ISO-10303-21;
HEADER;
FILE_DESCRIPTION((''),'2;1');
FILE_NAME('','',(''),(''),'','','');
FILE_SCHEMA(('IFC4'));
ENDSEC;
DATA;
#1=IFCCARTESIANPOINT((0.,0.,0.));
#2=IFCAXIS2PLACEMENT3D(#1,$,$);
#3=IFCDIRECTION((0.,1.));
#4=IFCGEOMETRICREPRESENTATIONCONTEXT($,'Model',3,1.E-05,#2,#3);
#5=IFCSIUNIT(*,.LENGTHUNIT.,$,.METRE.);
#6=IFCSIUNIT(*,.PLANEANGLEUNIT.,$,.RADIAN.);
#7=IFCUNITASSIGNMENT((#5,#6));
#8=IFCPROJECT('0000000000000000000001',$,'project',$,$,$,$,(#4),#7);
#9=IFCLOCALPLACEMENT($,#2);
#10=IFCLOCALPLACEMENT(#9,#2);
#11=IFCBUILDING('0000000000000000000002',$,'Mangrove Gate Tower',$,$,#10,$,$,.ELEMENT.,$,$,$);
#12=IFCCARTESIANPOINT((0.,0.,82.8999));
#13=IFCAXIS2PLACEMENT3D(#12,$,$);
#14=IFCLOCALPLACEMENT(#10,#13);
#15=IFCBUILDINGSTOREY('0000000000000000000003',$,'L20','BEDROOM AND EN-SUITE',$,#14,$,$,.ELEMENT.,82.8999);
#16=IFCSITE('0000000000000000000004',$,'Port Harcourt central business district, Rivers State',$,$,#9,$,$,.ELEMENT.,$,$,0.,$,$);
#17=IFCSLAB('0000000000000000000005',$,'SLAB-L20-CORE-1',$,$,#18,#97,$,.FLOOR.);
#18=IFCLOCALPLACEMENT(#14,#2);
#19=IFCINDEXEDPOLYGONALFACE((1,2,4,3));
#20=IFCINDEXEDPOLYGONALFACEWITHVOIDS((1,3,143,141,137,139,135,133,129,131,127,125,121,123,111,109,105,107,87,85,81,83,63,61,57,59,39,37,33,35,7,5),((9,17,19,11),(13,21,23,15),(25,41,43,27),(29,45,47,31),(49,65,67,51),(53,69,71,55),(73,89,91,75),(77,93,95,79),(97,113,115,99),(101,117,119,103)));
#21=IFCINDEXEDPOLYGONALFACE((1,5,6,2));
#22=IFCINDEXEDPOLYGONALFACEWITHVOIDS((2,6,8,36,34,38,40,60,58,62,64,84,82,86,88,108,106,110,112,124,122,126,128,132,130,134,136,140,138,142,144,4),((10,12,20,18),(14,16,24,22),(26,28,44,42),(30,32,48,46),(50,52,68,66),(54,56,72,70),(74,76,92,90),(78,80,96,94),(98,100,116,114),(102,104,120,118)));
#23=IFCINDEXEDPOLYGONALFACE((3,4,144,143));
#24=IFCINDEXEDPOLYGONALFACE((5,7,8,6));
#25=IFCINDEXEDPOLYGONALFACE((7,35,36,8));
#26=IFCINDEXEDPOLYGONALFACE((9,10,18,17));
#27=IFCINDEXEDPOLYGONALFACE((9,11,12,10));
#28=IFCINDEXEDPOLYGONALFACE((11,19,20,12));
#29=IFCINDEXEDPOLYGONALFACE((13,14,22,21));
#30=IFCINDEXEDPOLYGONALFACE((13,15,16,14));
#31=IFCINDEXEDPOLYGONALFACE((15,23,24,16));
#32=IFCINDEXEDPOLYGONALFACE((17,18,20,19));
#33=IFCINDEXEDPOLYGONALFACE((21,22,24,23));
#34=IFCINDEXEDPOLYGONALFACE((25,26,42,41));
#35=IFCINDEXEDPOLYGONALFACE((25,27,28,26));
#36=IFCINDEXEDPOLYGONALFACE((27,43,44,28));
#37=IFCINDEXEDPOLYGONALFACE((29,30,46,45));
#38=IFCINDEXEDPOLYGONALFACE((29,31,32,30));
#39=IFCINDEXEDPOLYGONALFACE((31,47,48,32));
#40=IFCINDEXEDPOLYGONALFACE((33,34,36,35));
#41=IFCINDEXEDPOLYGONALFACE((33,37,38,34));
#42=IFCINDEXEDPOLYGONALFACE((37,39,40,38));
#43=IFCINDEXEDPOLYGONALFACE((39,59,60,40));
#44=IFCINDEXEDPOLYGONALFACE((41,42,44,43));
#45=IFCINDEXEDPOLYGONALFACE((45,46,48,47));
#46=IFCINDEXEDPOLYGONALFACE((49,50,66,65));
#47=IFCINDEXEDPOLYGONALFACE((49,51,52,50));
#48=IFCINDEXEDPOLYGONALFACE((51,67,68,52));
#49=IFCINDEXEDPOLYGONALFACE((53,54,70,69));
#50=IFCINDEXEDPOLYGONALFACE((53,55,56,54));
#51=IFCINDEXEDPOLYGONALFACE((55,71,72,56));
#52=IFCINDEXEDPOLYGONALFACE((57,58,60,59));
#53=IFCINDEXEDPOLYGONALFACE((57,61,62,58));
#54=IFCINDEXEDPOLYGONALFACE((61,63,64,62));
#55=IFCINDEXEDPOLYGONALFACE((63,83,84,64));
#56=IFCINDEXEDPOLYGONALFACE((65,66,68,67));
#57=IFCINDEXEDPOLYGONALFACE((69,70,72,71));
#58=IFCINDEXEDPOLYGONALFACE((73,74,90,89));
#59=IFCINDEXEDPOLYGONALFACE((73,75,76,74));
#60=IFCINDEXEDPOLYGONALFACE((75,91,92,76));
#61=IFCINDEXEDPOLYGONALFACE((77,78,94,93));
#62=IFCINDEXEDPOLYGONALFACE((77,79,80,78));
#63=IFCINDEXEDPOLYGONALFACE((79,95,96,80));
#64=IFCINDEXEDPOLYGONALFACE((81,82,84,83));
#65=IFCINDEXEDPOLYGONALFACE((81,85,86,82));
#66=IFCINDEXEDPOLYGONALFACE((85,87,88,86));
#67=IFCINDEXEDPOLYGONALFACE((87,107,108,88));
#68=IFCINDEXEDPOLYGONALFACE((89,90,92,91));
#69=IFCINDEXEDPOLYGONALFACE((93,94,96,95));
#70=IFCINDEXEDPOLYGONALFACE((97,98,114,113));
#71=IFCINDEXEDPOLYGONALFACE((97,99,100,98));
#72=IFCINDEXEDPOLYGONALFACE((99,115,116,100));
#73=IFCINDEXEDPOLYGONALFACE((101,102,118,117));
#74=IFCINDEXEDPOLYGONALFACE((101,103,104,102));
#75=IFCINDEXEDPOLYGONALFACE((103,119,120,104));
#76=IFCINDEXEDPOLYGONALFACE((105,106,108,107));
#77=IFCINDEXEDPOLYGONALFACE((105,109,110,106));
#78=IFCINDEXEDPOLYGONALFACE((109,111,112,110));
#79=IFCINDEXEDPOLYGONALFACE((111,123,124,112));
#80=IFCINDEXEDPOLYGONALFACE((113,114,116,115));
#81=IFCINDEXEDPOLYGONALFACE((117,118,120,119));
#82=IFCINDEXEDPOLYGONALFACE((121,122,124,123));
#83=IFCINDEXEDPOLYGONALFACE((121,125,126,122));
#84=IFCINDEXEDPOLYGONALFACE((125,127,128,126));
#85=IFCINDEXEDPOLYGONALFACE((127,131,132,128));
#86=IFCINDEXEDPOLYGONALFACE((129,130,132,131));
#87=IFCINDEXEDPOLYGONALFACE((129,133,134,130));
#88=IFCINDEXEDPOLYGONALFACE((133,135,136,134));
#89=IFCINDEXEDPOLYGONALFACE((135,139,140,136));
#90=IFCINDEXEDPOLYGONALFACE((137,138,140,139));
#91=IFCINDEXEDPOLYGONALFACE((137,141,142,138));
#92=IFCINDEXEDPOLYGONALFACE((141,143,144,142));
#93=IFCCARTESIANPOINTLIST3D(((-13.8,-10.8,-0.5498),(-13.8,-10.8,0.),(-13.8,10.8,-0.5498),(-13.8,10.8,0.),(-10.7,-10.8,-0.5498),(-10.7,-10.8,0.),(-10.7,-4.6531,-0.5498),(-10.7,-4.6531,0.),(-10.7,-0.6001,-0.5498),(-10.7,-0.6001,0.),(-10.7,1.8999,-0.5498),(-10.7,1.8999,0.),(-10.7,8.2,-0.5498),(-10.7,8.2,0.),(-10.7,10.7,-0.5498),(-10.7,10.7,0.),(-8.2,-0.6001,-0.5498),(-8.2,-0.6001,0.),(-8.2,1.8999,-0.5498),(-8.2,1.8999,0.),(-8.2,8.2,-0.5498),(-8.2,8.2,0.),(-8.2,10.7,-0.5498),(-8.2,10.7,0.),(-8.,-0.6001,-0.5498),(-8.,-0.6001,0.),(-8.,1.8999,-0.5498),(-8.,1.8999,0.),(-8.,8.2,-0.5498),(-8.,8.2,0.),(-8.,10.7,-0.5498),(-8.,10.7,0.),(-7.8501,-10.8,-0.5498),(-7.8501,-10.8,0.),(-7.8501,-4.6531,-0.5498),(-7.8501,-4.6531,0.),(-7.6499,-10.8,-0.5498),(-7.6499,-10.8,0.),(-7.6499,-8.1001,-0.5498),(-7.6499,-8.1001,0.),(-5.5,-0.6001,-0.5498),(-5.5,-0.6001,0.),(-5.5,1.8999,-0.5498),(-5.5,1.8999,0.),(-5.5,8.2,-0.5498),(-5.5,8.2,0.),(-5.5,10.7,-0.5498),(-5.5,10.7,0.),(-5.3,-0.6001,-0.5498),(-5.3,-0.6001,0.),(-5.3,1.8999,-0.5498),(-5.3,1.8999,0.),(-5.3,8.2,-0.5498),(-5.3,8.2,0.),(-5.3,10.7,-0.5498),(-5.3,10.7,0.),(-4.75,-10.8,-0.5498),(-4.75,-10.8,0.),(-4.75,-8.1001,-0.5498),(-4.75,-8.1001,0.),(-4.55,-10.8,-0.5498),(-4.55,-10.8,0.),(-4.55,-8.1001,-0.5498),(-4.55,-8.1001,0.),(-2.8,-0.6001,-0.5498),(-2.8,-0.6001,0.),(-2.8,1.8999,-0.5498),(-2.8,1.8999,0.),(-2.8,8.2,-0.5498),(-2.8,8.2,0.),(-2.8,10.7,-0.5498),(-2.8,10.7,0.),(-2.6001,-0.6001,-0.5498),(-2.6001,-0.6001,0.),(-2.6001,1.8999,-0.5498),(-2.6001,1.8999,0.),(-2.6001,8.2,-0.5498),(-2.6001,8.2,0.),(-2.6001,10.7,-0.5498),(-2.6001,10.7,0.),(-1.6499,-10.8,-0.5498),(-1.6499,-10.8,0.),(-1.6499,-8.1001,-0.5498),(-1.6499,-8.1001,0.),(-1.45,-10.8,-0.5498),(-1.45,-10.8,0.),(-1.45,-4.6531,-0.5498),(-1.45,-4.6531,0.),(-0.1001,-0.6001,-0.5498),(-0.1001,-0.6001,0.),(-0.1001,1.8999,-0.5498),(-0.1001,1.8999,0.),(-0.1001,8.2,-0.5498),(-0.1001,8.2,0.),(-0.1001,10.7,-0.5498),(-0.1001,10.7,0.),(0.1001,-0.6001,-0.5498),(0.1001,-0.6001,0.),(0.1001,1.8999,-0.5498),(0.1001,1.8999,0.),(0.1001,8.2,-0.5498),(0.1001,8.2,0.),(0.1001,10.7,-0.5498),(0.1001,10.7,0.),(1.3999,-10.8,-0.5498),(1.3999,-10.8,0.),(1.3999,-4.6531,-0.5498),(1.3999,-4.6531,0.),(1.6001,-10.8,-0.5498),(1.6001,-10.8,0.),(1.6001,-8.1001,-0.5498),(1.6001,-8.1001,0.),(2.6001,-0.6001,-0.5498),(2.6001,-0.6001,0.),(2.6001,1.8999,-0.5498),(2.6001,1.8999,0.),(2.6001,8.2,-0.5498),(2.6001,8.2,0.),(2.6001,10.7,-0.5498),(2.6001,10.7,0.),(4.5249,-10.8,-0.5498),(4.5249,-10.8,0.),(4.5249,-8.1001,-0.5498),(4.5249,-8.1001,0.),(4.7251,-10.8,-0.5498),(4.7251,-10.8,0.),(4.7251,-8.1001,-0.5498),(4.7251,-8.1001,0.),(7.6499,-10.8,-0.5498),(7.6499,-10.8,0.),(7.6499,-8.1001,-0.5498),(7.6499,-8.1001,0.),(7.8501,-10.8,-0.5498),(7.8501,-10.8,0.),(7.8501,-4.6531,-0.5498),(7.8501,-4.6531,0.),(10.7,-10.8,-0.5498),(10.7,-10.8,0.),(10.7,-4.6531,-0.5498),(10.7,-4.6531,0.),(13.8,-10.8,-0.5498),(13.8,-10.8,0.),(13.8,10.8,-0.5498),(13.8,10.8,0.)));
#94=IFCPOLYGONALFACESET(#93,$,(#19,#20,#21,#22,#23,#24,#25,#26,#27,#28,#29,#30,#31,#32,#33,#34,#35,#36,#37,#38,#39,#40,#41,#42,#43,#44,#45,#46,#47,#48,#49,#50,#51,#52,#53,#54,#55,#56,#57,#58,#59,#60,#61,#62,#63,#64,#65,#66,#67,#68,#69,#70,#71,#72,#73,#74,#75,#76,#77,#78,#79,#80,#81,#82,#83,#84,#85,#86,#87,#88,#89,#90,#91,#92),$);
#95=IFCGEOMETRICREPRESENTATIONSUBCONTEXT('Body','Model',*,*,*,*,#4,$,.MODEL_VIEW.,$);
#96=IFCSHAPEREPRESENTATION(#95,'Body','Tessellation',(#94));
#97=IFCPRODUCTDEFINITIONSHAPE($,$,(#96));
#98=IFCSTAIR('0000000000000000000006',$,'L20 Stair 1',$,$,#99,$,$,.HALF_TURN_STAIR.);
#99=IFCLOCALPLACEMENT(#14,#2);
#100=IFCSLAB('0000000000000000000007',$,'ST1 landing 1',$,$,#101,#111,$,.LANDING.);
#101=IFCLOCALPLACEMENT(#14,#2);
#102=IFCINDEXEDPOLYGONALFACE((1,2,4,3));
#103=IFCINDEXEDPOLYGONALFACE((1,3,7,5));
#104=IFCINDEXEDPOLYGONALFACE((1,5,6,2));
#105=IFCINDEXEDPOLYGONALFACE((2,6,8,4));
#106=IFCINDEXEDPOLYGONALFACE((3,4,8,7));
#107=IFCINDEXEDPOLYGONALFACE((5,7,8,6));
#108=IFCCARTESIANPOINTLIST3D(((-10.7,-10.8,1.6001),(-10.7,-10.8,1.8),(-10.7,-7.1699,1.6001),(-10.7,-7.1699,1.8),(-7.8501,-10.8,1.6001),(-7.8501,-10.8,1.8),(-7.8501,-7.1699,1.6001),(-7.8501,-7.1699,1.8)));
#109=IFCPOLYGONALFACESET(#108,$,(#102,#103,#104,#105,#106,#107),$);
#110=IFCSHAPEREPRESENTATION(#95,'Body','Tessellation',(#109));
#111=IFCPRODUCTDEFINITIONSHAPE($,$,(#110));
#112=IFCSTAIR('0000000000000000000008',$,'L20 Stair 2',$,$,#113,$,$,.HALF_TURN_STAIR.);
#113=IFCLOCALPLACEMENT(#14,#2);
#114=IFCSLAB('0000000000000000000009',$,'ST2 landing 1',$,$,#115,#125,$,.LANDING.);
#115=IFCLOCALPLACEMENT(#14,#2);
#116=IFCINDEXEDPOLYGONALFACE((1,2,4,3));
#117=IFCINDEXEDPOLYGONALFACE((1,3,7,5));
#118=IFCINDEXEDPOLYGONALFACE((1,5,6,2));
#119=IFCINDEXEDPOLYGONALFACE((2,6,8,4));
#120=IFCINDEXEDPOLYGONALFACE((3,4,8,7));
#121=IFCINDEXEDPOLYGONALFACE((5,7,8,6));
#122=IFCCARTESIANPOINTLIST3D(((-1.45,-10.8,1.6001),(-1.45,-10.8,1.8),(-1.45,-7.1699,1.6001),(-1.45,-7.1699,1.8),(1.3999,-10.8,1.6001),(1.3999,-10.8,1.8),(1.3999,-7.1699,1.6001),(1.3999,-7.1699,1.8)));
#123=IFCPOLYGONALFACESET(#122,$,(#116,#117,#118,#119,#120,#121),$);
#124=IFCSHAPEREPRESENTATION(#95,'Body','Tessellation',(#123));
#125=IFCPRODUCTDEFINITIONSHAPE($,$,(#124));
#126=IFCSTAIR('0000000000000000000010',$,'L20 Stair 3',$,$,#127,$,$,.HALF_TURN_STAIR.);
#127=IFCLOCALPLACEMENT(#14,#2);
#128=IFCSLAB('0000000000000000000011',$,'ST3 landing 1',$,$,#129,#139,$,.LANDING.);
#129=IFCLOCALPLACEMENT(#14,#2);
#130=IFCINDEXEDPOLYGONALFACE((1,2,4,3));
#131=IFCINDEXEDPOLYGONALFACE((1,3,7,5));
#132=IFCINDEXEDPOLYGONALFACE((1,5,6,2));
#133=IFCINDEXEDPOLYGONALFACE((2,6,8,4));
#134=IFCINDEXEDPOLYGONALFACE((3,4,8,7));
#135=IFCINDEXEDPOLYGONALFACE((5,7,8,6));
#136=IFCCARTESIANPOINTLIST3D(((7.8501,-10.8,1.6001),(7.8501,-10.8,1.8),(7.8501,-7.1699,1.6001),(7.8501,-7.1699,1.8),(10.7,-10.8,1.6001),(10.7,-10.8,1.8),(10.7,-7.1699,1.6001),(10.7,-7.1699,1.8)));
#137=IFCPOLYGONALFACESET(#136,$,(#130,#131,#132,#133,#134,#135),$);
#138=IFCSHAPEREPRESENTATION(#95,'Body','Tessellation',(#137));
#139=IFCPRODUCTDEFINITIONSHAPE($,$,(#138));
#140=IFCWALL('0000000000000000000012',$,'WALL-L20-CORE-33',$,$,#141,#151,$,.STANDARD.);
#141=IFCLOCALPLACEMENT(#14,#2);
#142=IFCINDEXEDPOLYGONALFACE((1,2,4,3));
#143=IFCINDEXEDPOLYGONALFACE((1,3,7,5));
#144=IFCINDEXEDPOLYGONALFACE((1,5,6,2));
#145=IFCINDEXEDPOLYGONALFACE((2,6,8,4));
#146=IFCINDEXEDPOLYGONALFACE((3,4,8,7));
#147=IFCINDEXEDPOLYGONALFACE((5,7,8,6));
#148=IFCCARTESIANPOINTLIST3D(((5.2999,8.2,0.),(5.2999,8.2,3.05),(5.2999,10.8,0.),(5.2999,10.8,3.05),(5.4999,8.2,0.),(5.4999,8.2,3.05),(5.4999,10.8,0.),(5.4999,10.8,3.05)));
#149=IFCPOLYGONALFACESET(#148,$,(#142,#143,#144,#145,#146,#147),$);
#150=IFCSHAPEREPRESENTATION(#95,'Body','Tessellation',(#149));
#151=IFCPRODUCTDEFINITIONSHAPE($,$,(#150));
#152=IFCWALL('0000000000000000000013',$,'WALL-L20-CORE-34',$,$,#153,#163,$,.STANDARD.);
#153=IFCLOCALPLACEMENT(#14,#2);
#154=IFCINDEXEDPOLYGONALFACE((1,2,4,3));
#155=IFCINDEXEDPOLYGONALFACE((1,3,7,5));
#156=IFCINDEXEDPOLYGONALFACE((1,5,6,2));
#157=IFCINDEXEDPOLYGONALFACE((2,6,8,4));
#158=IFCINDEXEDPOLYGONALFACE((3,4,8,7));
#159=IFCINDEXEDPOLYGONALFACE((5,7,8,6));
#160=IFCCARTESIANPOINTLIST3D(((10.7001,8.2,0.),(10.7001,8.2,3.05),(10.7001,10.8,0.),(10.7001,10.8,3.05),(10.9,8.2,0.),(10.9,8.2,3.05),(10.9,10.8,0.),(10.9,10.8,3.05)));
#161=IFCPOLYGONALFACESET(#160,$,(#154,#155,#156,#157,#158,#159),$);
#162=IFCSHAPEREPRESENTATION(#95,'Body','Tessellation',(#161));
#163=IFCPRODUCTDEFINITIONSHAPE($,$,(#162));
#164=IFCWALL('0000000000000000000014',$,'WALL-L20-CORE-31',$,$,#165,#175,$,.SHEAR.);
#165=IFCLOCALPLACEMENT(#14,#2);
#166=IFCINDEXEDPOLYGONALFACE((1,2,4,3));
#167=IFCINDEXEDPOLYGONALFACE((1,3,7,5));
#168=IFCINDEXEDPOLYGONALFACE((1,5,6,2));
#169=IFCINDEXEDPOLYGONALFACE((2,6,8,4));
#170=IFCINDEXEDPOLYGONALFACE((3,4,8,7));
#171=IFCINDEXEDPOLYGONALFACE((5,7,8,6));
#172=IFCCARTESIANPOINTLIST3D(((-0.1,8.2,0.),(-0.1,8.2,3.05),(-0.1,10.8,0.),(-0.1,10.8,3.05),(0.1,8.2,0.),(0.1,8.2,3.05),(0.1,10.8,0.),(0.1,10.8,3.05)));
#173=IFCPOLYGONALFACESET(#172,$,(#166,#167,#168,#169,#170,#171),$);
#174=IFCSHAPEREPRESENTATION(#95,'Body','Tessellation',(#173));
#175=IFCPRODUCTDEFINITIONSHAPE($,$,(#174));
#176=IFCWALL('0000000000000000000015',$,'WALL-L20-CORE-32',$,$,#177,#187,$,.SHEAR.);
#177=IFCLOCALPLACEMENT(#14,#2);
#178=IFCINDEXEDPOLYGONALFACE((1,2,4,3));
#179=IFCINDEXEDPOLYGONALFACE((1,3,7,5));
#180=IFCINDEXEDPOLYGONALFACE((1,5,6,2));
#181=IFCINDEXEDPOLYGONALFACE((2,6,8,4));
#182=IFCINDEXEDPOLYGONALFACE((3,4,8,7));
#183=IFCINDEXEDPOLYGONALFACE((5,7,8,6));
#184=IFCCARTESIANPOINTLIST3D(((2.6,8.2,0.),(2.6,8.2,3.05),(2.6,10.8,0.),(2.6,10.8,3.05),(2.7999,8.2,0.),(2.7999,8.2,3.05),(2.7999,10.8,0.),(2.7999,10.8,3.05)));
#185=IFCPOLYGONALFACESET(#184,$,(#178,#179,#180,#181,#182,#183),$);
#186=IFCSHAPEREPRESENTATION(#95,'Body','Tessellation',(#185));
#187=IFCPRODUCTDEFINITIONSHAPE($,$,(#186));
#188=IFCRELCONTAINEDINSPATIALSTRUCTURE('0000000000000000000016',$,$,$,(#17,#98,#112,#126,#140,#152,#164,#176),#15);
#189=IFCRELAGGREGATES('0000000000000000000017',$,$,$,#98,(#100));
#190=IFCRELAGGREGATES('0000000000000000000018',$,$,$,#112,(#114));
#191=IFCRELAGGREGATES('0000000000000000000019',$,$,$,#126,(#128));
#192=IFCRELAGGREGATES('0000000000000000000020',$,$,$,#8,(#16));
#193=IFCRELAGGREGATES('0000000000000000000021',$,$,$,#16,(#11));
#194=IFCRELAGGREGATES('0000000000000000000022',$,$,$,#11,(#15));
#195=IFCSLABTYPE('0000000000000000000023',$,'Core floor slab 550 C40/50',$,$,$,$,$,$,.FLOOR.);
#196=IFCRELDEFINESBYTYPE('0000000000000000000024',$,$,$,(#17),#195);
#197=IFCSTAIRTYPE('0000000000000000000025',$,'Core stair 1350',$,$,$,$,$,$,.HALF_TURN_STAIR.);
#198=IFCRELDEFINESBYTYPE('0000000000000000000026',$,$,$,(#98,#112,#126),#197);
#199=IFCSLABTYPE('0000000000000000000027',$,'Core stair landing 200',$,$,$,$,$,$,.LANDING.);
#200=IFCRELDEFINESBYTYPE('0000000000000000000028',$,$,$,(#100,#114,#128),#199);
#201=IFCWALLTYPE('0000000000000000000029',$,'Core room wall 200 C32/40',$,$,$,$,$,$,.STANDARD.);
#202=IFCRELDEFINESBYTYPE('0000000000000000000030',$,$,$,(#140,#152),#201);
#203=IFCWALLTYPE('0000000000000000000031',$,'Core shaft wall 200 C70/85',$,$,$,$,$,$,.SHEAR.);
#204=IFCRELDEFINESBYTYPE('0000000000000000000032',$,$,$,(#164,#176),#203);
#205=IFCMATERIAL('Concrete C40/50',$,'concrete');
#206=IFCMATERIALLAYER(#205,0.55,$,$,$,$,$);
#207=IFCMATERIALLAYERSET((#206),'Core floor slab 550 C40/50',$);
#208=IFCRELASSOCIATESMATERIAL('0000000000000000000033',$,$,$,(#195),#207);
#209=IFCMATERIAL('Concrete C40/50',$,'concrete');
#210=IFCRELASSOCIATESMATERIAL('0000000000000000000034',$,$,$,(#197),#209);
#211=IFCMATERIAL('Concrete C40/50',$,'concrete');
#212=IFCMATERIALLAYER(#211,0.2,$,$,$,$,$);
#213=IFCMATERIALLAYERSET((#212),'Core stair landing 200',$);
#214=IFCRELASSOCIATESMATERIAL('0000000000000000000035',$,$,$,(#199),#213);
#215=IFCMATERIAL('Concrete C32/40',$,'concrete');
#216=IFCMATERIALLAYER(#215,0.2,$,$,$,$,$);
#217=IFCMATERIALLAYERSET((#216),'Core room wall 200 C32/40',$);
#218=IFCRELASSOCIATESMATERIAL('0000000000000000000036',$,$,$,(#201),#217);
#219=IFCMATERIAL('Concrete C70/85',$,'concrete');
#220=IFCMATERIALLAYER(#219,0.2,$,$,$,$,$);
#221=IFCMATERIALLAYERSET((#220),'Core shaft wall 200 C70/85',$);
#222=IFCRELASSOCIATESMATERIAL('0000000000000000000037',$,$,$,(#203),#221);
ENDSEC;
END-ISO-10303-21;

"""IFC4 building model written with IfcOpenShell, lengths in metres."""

from ifc_helpers import new_model, si_unit, direction, frame, frame_2d, origin, place, context, subcontext, project, spatial, polyline, rectangle, outline, extrude, material, layer, layer_set, type_object, element, aggregate, save


model = new_model("IFC4")

# Units and contexts
model_context = context("Model", 3, precision=1e-05, world=origin(), true_north=direction((0.0, 1.0)))
body_context = subcontext(model_context, "Body", "Model", "MODEL_VIEW")
ifc_project = project(units=[si_unit("LENGTHUNIT", "METRE"), si_unit("PLANEANGLEUNIT", "RADIAN")], contexts=[model_context])

# Site, building, storey
site_placement = place(None, origin())
site = spatial("IfcSite", under=ifc_project, at=site_placement, Name="Port Harcourt central business district, Rivers State", CompositionType="ELEMENT", RefElevation=0.0)
building_placement = place(site_placement, origin())
building = spatial("IfcBuilding", under=site, at=building_placement, Name="Mangrove Gate Tower", CompositionType="ELEMENT")
storey_placement = place(building_placement, frame((0.0, 0.0, 82.8999)))
storey = spatial("IfcBuildingStorey", under=building, at=storey_placement, Name="L20", Description="BEDROOM AND EN-SUITE", CompositionType="ELEMENT", Elevation=82.8999)

# Slab
ifc_material_1 = material(Name="Concrete C40/50", Category="concrete")
ifc_layer_1 = layer(ifc_material_1, 0.55)
ifc_layer_set_1 = layer_set([ifc_layer_1], Name="Core floor slab 550 C40/50")
slab_type_1 = type_object("IfcSlabType", Name="Core floor slab 550 C40/50", PredefinedType="FLOOR", material=ifc_layer_set_1)
slab_1_placement = place(storey_placement, frame((0.0, 0.0, -0.5498)))
element("IfcSlab", 1, at=slab_1_placement, inside=storey, type_object=slab_type_1, Name="SLAB-L20-CORE-1", PredefinedType="FLOOR", context=body_context, shape_type="SweptSolid", body=[
    extrude(outline(polyline([(-13.8, -10.8), (-13.8, 10.8), (13.8, 10.8), (13.8, -10.8), (10.7, -10.8), (10.7, -4.6531), (7.8501, -4.6531), (7.8501, -10.8), (7.6499, -10.8), (7.6499, -8.1001), (4.7251, -8.1001), (4.7251, -10.8), (4.5249, -10.8), (4.5249, -8.1001), (1.6001, -8.1001), (1.6001, -10.8), (1.3999, -10.8), (1.3999, -4.6531), (-1.45, -4.6531), (-1.45, -10.8), (-1.6499, -10.8), (-1.6499, -8.1001), (-4.55, -8.1001), (-4.55, -10.8), (-4.75, -10.8), (-4.75, -8.1001), (-7.6499, -8.1001), (-7.6499, -10.8), (-7.8501, -10.8), (-7.8501, -4.6531), (-10.7, -4.6531), (-10.7, -10.8), (-13.8, -10.8)]), holes=[polyline([(-8.2, -0.6001), (-8.2, 1.8999), (-10.7, 1.8999), (-10.7, -0.6001), (-8.2, -0.6001)]), polyline([(-5.5, -0.6001), (-5.5, 1.8999), (-8.0, 1.8999), (-8.0, -0.6001), (-5.5, -0.6001)]), polyline([(-2.8, -0.6001), (-2.8, 1.8999), (-5.3, 1.8999), (-5.3, -0.6001), (-2.8, -0.6001)]), polyline([(-8.2, 8.2), (-8.2, 10.7), (-10.7, 10.7), (-10.7, 8.2), (-8.2, 8.2)]), polyline([(-5.5, 8.2), (-5.5, 10.7), (-8.0, 10.7), (-8.0, 8.2), (-5.5, 8.2)]), polyline([(-2.8, 8.2), (-2.8, 10.7), (-5.3, 10.7), (-5.3, 8.2), (-2.8, 8.2)]), polyline([(-0.1001, -0.6001), (-0.1001, 1.8999), (-2.6001, 1.8999), (-2.6001, -0.6001), (-0.1001, -0.6001)]), polyline([(2.6001, -0.6001), (2.6001, 1.8999), (0.1001, 1.8999), (0.1001, -0.6001), (2.6001, -0.6001)]), polyline([(-2.6001, 8.2), (-0.1001, 8.2), (-0.1001, 10.7), (-2.6001, 10.7), (-2.6001, 8.2)]), polyline([(0.1001, 8.2), (2.6001, 8.2), (2.6001, 10.7), (0.1001, 10.7), (0.1001, 8.2)])]), origin(), (0.0, 0.0, 1.0), 0.5498),
])

# Stairs, slabs
ifc_material_2 = material(Name="Concrete C40/50", Category="concrete")
stair_type = type_object("IfcStairType", Name="Core stair 1350", PredefinedType="HALF_TURN_STAIR", material=ifc_material_2)
stair_1_placement = place(storey_placement, origin())
stair_1 = element("IfcStair", 2, at=stair_1_placement, inside=storey, type_object=stair_type, Name="L20 Stair 1", PredefinedType="HALF_TURN_STAIR")
ifc_material_3 = material(Name="Concrete C40/50", Category="concrete")
ifc_layer_2 = layer(ifc_material_3, 0.2)
ifc_layer_set_2 = layer_set([ifc_layer_2], Name="Core stair landing 200")
slab_type_2 = type_object("IfcSlabType", Name="Core stair landing 200", PredefinedType="LANDING", material=ifc_layer_set_2)
slab_2_placement = place(storey_placement, frame((0.0, 0.0, 1.6001)))
slab_2 = element("IfcSlab", 3, at=slab_2_placement, type_object=slab_type_2, Name="ST1 landing 1", PredefinedType="LANDING", context=body_context, shape_type="SweptSolid", body=[
    extrude(outline(polyline([(-10.7, -7.1699), (-10.7, -10.8), (-7.8501, -10.8), (-7.8501, -7.1699), (-10.7, -7.1699)])), origin(), (0.0, 0.0, 1.0), 0.2),
])
aggregate(stair_1, [slab_2])
stair_2_placement = place(storey_placement, origin())
stair_2 = element("IfcStair", 4, at=stair_2_placement, inside=storey, type_object=stair_type, Name="L20 Stair 2", PredefinedType="HALF_TURN_STAIR")
slab_3_placement = place(storey_placement, frame((0.0, 0.0, 1.6001)))
slab_3 = element("IfcSlab", 5, at=slab_3_placement, type_object=slab_type_2, Name="ST2 landing 1", PredefinedType="LANDING", context=body_context, shape_type="SweptSolid", body=[
    extrude(outline(polyline([(-1.45, -7.1699), (-1.45, -10.8), (1.3999, -10.8), (1.3999, -7.1699), (-1.45, -7.1699)])), origin(), (0.0, 0.0, 1.0), 0.2),
])
aggregate(stair_2, [slab_3])
stair_3_placement = place(storey_placement, origin())
stair_3 = element("IfcStair", 6, at=stair_3_placement, inside=storey, type_object=stair_type, Name="L20 Stair 3", PredefinedType="HALF_TURN_STAIR")
slab_4_placement = place(storey_placement, frame((0.0, 0.0, 1.6001)))
slab_4 = element("IfcSlab", 7, at=slab_4_placement, type_object=slab_type_2, Name="ST3 landing 1", PredefinedType="LANDING", context=body_context, shape_type="SweptSolid", body=[
    extrude(outline(polyline([(7.8501, -7.1699), (7.8501, -10.8), (10.7, -10.8), (10.7, -7.1699), (7.8501, -7.1699)])), origin(), (0.0, 0.0, 1.0), 0.2),
])
aggregate(stair_3, [slab_4])

# Walls
ifc_material_4 = material(Name="Concrete C32/40", Category="concrete")
ifc_layer_3 = layer(ifc_material_4, 0.2)
ifc_layer_set_3 = layer_set([ifc_layer_3], Name="Core room wall 200 C32/40")
wall_type_1 = type_object("IfcWallType", Name="Core room wall 200 C32/40", PredefinedType="STANDARD", material=ifc_layer_set_3)
for number, where, z_axis, x_axis, name in (
    (8, (5.3999, 8.2, 0.0), (0.0, 0.0, 1.0), (0.0, 1.0, 0.0), "WALL-L20-CORE-33"),
    (9, (10.8, 8.2, 0.0), (0.0, 0.0, 1.0), (0.0, 1.0, 0.0), "WALL-L20-CORE-34"),
):
    element("IfcWall", number, at=place(storey_placement, frame(where, z_axis=z_axis, x_axis=x_axis)), inside=storey, type_object=wall_type_1, Name=name, PredefinedType="STANDARD", context=body_context, shape_type="SweptSolid", body=[
        extrude(rectangle(XDim=2.6001, YDim=0.2, at=frame_2d((1.3, 0.0))), origin(), (0.0, 0.0, 1.0), 3.05),
    ])
ifc_material_5 = material(Name="Concrete C70/85", Category="concrete")
ifc_layer_4 = layer(ifc_material_5, 0.2)
ifc_layer_set_4 = layer_set([ifc_layer_4], Name="Core shaft wall 200 C70/85")
wall_type_2 = type_object("IfcWallType", Name="Core shaft wall 200 C70/85", PredefinedType="SHEAR", material=ifc_layer_set_4)
for number, where, z_axis, x_axis, name in (
    (10, (0.0, 8.2, 0.0), (0.0, 0.0, 1.0), (0.0, 1.0, 0.0), "WALL-L20-CORE-31"),
    (11, (2.7, 8.2, 0.0), (0.0, 0.0, 1.0), (0.0, 1.0, 0.0), "WALL-L20-CORE-32"),
):
    element("IfcWall", number, at=place(storey_placement, frame(where, z_axis=z_axis, x_axis=x_axis)), inside=storey, type_object=wall_type_2, Name=name, PredefinedType="SHEAR", context=body_context, shape_type="SweptSolid", body=[
        extrude(rectangle(XDim=2.6001, YDim=0.2, at=frame_2d((1.3, 0.0))), origin(), (0.0, 0.0, 1.0), 3.05),
    ])

save(model, "model.ifc")
